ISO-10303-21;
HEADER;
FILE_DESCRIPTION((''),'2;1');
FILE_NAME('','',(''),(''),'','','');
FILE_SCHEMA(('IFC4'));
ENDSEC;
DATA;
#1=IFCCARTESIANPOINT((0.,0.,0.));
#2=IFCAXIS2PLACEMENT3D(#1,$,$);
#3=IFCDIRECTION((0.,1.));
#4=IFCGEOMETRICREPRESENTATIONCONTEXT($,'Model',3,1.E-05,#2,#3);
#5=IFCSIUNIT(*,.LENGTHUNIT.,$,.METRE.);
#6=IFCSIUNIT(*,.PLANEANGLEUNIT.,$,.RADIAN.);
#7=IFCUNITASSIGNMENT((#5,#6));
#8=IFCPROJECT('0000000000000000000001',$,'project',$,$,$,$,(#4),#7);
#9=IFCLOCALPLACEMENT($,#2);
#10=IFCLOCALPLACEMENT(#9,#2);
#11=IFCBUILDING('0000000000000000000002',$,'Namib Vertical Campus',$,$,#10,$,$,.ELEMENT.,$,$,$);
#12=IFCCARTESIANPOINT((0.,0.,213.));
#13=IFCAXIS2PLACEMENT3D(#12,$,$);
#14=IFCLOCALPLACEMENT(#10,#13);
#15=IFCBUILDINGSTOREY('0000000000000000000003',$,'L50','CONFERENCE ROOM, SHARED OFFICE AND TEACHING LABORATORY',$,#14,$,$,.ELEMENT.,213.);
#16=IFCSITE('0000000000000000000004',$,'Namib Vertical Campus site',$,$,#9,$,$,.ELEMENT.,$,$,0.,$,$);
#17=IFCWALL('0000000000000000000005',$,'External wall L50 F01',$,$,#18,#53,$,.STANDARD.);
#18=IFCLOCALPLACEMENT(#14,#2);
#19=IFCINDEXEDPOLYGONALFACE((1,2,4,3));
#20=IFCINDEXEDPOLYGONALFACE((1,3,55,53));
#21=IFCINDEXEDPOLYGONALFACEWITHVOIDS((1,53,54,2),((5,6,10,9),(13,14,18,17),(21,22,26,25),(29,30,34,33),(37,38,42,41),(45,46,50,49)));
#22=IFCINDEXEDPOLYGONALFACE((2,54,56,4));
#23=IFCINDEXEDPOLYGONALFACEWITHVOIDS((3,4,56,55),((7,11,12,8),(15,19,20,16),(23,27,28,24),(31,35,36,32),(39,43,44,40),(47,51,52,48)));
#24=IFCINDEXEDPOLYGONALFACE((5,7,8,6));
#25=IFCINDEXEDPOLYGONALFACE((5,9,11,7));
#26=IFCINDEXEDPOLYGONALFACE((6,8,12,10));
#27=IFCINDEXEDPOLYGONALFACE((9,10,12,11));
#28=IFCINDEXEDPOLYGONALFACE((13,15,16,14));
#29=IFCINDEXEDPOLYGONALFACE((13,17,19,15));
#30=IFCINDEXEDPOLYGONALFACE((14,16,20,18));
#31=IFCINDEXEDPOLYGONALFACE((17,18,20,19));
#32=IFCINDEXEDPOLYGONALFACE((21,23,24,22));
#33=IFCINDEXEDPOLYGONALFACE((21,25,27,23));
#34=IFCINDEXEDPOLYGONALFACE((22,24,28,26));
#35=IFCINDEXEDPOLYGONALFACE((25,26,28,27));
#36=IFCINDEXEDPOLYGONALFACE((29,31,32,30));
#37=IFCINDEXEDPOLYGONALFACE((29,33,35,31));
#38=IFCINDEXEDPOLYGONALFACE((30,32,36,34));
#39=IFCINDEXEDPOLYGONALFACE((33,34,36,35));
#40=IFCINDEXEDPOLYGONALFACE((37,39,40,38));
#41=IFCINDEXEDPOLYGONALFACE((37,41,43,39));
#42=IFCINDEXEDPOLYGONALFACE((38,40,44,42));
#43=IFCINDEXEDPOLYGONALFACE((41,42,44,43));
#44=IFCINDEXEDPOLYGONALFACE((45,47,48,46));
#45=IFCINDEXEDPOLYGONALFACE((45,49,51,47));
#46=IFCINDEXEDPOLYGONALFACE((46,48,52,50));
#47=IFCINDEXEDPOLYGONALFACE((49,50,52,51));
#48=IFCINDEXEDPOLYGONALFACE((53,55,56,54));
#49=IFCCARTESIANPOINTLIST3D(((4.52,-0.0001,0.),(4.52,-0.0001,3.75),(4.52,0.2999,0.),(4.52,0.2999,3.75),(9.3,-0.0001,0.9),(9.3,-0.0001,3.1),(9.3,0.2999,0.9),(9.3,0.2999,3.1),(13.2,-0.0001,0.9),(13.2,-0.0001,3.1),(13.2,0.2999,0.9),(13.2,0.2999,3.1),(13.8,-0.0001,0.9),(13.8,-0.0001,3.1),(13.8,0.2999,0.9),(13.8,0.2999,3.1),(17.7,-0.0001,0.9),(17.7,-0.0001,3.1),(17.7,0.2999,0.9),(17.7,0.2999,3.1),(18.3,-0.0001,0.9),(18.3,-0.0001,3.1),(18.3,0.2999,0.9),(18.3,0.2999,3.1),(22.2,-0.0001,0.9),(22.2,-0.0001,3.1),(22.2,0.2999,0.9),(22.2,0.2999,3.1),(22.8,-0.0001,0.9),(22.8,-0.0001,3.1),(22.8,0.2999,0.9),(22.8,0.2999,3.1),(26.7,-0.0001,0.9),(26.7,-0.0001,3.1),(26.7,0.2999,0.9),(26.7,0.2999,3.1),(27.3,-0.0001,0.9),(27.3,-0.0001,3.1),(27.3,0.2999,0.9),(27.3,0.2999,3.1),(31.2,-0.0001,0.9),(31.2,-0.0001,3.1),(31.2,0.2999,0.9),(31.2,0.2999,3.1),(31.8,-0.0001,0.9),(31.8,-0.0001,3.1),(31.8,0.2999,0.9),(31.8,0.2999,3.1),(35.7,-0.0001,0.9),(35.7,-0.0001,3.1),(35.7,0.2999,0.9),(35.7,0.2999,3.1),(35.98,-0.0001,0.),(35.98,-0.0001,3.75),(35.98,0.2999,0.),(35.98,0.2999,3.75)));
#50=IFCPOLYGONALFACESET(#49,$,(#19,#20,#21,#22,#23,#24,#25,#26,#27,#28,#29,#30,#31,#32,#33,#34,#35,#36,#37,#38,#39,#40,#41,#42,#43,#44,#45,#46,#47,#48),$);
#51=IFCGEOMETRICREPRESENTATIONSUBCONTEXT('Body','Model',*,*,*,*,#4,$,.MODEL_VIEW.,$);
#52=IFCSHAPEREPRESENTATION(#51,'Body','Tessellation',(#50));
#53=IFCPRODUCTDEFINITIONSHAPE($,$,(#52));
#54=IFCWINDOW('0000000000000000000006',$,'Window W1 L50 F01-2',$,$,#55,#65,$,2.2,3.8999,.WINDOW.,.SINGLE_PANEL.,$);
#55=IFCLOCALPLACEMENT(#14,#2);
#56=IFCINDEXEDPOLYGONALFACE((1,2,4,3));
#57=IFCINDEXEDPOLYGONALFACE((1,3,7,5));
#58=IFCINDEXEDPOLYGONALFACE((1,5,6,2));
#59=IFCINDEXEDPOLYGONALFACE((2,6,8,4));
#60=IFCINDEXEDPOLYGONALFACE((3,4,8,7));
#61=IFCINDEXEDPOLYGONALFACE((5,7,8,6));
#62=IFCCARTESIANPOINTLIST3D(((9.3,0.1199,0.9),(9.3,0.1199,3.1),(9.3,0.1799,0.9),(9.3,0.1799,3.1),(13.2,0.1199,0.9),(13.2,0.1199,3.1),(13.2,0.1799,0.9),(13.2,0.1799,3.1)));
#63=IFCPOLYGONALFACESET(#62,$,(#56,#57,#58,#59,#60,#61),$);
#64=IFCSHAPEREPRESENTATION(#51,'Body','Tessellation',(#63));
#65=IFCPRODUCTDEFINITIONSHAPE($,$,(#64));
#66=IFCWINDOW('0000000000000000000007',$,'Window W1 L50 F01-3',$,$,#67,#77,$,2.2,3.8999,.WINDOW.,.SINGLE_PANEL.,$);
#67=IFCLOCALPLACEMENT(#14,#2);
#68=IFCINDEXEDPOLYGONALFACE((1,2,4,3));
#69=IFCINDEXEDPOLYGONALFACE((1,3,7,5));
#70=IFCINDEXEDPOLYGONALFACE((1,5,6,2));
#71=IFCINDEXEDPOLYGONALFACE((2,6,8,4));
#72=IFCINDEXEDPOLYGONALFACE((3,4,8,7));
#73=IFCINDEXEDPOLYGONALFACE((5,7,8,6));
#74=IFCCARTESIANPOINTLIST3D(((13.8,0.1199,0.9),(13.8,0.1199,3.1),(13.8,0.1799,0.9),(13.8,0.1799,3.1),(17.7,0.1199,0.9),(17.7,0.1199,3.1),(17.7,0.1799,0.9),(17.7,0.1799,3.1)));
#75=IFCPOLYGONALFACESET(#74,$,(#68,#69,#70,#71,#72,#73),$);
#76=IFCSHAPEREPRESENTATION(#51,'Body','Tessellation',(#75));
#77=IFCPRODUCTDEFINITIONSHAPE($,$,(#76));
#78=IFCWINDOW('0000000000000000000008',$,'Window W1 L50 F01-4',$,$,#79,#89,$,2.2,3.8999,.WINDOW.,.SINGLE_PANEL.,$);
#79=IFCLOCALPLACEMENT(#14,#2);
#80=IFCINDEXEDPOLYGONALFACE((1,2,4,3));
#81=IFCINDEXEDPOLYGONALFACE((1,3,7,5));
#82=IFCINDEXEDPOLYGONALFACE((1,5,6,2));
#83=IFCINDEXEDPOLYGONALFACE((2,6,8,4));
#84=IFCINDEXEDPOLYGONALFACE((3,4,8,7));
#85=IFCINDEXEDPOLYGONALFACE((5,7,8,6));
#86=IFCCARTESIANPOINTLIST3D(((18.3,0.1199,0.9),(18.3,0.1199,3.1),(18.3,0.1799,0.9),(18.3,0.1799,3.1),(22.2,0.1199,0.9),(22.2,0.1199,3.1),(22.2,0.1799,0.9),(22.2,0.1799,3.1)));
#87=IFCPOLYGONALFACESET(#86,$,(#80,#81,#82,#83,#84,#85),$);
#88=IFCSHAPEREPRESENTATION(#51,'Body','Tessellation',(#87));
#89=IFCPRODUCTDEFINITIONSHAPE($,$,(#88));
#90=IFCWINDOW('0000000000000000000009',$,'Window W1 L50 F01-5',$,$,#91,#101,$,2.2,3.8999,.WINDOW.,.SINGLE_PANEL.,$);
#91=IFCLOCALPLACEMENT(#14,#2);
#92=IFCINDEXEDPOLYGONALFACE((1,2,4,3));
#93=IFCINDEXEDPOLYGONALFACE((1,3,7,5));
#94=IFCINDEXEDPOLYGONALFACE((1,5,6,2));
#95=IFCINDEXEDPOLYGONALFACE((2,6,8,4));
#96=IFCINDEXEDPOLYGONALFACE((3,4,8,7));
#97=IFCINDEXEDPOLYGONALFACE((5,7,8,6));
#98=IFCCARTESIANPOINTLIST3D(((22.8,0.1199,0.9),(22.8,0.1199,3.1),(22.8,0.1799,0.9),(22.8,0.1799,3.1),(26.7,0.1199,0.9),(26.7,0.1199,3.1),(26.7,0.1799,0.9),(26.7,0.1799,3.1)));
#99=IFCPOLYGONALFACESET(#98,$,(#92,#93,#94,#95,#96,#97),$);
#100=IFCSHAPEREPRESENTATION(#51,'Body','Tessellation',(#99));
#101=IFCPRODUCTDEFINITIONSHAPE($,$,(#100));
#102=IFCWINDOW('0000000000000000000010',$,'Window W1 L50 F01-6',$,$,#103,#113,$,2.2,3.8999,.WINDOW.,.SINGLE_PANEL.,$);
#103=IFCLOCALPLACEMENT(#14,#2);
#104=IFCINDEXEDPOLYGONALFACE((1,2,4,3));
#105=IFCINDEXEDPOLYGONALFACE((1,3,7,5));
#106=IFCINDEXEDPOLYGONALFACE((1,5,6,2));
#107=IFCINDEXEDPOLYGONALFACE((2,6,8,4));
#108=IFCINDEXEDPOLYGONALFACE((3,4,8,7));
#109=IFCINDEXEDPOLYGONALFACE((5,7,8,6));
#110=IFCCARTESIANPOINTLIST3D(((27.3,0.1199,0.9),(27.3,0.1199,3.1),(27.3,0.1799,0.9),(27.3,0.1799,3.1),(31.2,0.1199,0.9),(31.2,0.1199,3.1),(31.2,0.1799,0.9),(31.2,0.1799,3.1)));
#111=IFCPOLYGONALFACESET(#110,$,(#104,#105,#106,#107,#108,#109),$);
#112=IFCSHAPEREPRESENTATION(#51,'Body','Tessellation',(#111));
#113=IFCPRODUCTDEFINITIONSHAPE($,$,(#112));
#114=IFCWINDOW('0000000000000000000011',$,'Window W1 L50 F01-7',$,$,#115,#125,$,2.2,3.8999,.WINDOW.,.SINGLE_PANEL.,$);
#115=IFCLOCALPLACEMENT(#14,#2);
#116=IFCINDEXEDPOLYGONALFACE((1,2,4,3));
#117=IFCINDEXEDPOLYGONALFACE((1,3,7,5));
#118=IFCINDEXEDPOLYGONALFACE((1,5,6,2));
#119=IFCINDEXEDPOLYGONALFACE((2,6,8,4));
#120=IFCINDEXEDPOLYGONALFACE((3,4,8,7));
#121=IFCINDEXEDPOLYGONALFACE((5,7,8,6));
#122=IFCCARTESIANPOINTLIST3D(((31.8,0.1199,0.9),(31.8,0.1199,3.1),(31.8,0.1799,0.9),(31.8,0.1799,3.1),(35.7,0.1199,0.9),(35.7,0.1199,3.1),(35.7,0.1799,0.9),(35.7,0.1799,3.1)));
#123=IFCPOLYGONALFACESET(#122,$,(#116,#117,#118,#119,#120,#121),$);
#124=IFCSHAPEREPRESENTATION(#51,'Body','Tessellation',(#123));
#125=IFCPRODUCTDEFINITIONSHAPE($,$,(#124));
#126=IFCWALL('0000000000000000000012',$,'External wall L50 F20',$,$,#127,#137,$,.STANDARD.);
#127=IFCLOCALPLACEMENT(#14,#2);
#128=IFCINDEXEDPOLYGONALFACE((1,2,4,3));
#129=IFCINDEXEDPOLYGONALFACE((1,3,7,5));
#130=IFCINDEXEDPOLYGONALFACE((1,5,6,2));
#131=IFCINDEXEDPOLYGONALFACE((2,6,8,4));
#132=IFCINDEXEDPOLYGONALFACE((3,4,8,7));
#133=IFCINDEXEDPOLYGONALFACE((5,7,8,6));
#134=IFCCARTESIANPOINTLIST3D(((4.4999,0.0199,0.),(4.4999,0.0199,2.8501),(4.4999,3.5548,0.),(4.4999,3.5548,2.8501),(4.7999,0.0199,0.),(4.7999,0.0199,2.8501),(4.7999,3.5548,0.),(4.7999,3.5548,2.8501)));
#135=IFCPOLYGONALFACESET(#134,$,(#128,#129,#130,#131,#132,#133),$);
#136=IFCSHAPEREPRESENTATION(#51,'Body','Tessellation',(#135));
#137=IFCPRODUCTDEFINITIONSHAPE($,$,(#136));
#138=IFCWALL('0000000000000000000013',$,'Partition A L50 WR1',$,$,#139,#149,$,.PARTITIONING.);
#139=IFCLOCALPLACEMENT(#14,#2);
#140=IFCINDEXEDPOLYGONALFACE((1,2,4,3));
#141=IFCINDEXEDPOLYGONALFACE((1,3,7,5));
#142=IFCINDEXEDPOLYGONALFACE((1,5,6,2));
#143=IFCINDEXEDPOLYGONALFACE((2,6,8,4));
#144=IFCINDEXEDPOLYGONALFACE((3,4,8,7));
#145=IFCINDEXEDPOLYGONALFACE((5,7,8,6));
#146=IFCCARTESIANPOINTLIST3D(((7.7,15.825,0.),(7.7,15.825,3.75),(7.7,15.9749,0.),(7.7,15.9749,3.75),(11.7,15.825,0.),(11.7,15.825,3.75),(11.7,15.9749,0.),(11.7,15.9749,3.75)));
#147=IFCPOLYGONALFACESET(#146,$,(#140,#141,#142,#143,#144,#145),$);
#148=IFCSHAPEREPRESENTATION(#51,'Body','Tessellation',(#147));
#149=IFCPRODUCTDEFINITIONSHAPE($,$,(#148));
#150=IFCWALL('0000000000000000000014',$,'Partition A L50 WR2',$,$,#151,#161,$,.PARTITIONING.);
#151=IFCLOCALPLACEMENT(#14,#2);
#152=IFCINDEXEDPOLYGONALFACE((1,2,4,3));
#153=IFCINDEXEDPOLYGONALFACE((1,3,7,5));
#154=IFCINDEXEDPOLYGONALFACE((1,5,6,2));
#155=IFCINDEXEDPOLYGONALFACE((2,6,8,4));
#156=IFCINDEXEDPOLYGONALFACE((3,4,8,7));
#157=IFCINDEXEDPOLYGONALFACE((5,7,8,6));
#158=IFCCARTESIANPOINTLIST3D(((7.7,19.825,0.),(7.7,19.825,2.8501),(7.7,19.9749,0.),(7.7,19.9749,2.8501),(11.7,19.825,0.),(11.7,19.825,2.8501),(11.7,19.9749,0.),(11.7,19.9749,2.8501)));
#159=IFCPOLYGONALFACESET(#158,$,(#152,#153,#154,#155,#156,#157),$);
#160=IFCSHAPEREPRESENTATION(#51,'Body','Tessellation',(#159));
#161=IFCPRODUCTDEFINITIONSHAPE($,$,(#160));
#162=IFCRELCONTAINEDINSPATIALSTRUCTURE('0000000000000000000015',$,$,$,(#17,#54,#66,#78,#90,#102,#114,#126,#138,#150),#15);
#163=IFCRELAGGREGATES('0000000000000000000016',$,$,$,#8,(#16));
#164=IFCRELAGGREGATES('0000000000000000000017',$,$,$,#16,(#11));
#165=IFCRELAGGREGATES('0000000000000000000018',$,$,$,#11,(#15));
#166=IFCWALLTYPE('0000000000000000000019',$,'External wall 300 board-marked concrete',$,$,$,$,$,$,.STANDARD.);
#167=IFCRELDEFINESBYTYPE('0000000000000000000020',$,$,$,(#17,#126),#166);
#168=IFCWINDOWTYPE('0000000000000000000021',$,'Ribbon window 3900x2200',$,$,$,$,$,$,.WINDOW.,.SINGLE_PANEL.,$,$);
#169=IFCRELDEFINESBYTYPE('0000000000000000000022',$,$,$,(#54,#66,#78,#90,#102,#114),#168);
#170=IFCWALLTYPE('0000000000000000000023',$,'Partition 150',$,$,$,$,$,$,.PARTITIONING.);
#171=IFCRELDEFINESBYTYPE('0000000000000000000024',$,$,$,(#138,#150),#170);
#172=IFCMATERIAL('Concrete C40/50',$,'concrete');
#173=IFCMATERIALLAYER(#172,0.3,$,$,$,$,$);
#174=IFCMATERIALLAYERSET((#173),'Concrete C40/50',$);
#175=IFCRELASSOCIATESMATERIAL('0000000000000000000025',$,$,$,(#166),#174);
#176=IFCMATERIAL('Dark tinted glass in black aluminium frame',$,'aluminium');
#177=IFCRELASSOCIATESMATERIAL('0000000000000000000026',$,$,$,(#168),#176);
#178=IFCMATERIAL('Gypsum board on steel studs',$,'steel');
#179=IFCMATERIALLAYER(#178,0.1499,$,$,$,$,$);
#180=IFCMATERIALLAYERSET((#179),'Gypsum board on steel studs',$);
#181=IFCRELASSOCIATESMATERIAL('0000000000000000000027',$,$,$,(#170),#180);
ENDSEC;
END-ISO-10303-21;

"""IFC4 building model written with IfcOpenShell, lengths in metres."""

from ifc_helpers import new_model, si_unit, direction, frame, frame_2d, origin, place, context, subcontext, project, spatial, rectangle, extrude, material, layer, layer_set, type_object, element, fill, save


model = new_model("IFC4")

# Units and contexts
model_context = context("Model", 3, precision=1e-05, world=origin(), true_north=direction((0.0, 1.0)))
body_context = subcontext(model_context, "Body", "Model", "MODEL_VIEW")
ifc_project = project(units=[si_unit("LENGTHUNIT", "METRE"), si_unit("PLANEANGLEUNIT", "RADIAN")], contexts=[model_context])

# Site, building, storey
site_placement = place(None, origin())
site = spatial("IfcSite", under=ifc_project, at=site_placement, Name="Namib Vertical Campus site", CompositionType="ELEMENT", RefElevation=0.0)
building_placement = place(site_placement, origin())
building = spatial("IfcBuilding", under=site, at=building_placement, Name="Namib Vertical Campus", CompositionType="ELEMENT")
storey_placement = place(building_placement, frame((0.0, 0.0, 213.0)))
storey = spatial("IfcBuildingStorey", under=building, at=storey_placement, Name="L50", Description="CONFERENCE ROOM, SHARED OFFICE AND TEACHING LABORATORY", CompositionType="ELEMENT", Elevation=213.0)

# Wall, openings, windows
ifc_material_1 = material(Name="Concrete C40/50", Category="concrete")
ifc_layer_1 = layer(ifc_material_1, 0.3)
ifc_layer_set_1 = layer_set([ifc_layer_1], Name="Concrete C40/50")
wall_type_1 = type_object("IfcWallType", Name="External wall 300 board-marked concrete", PredefinedType="STANDARD", material=ifc_layer_set_1)
wall_1_placement = place(storey_placement, frame((4.52, 0.1499, 0.0), z_axis=(0.0, 0.0, 1.0), x_axis=(1.0, 0.0, 0.0)))
wall_1 = element("IfcWall", 1, at=wall_1_placement, inside=storey, type_object=wall_type_1, Name="External wall L50 F01", PredefinedType="STANDARD", context=body_context, shape_type="SweptSolid", body=[
    extrude(rectangle(XDim=31.46, YDim=0.3, at=frame_2d((15.73, 0.0))), origin(), (0.0, 0.0, 1.0), 3.75),
])
opening_1_placement = place(wall_1_placement, frame((4.78, 0.0, 0.8999)))
opening_1 = element("IfcOpeningElement", 2, at=opening_1_placement, cuts=wall_1, PredefinedType="OPENING", context=body_context, shape_type="SweptSolid", body=[
    extrude(rectangle(XDim=3.8999, YDim=2.2, at=frame_2d((1.95, 1.1001))), frame((0.0, 0.1599, 0.0), z_axis=(0.0, -1.0, 0.0), x_axis=(1.0, 0.0, 0.0)), (0.0, 0.0, 1.0), 0.3201),
])
opening_2_placement = place(wall_1_placement, frame((9.28, 0.0, 0.8999)))
opening_2 = element("IfcOpeningElement", 3, at=opening_2_placement, cuts=wall_1, PredefinedType="OPENING", context=body_context, shape_type="SweptSolid", body=[
    extrude(rectangle(XDim=3.8999, YDim=2.2, at=frame_2d((1.95, 1.1001))), frame((0.0, 0.1599, 0.0), z_axis=(0.0, -1.0, 0.0), x_axis=(1.0, 0.0, 0.0)), (0.0, 0.0, 1.0), 0.3201),
])
opening_3_placement = place(wall_1_placement, frame((13.78, 0.0, 0.8999)))
opening_3 = element("IfcOpeningElement", 4, at=opening_3_placement, cuts=wall_1, PredefinedType="OPENING", context=body_context, shape_type="SweptSolid", body=[
    extrude(rectangle(XDim=3.8999, YDim=2.2, at=frame_2d((1.95, 1.1001))), frame((0.0, 0.1599, 0.0), z_axis=(0.0, -1.0, 0.0), x_axis=(1.0, 0.0, 0.0)), (0.0, 0.0, 1.0), 0.3201),
])
opening_4_placement = place(wall_1_placement, frame((18.28, 0.0, 0.8999)))
opening_4 = element("IfcOpeningElement", 5, at=opening_4_placement, cuts=wall_1, PredefinedType="OPENING", context=body_context, shape_type="SweptSolid", body=[
    extrude(rectangle(XDim=3.8999, YDim=2.2, at=frame_2d((1.95, 1.1001))), frame((0.0, 0.1599, 0.0), z_axis=(0.0, -1.0, 0.0), x_axis=(1.0, 0.0, 0.0)), (0.0, 0.0, 1.0), 0.3201),
])
opening_5_placement = place(wall_1_placement, frame((22.78, 0.0, 0.8999)))
opening_5 = element("IfcOpeningElement", 6, at=opening_5_placement, cuts=wall_1, PredefinedType="OPENING", context=body_context, shape_type="SweptSolid", body=[
    extrude(rectangle(XDim=3.8999, YDim=2.2, at=frame_2d((1.95, 1.1001))), frame((0.0, 0.1599, 0.0), z_axis=(0.0, -1.0, 0.0), x_axis=(1.0, 0.0, 0.0)), (0.0, 0.0, 1.0), 0.3201),
])
opening_6_placement = place(wall_1_placement, frame((27.28, 0.0, 0.8999)))
opening_6 = element("IfcOpeningElement", 7, at=opening_6_placement, cuts=wall_1, PredefinedType="OPENING", context=body_context, shape_type="SweptSolid", body=[
    extrude(rectangle(XDim=3.8999, YDim=2.2, at=frame_2d((1.95, 1.1001))), frame((0.0, 0.1599, 0.0), z_axis=(0.0, -1.0, 0.0), x_axis=(1.0, 0.0, 0.0)), (0.0, 0.0, 1.0), 0.3201),
])
ifc_material_2 = material(Name="Dark tinted glass in black aluminium frame", Category="aluminium")
window_type = type_object("IfcWindowType", Name="Ribbon window 3900x2200", PartitioningType="SINGLE_PANEL", PredefinedType="WINDOW", material=ifc_material_2)
window_1_placement = place(opening_1_placement, origin())
window_1 = element("IfcWindow", 8, at=window_1_placement, inside=storey, type_object=window_type, Name="Window W1 L50 F01-2", OverallHeight=2.2, OverallWidth=3.8999, PartitioningType="SINGLE_PANEL", PredefinedType="WINDOW", context=body_context, shape_type="SweptSolid", body=[
    extrude(rectangle(XDim=3.8999, YDim=2.2, at=frame_2d((1.95, 1.1001))), frame((0.0, 0.03, 0.0), z_axis=(0.0, -1.0, 0.0), x_axis=(1.0, 0.0, 0.0)), (0.0, 0.0, 1.0), 0.0601),
])
fill(opening_1, window_1)
window_2_placement = place(opening_2_placement, origin())
window_2 = element("IfcWindow", 9, at=window_2_placement, inside=storey, type_object=window_type, Name="Window W1 L50 F01-3", OverallHeight=2.2, OverallWidth=3.8999, PartitioningType="SINGLE_PANEL", PredefinedType="WINDOW", context=body_context, shape_type="SweptSolid", body=[
    extrude(rectangle(XDim=3.8999, YDim=2.2, at=frame_2d((1.95, 1.1001))), frame((0.0, 0.03, 0.0), z_axis=(0.0, -1.0, 0.0), x_axis=(1.0, 0.0, 0.0)), (0.0, 0.0, 1.0), 0.0601),
])
fill(opening_2, window_2)
window_3_placement = place(opening_3_placement, origin())
window_3 = element("IfcWindow", 10, at=window_3_placement, inside=storey, type_object=window_type, Name="Window W1 L50 F01-4", OverallHeight=2.2, OverallWidth=3.8999, PartitioningType="SINGLE_PANEL", PredefinedType="WINDOW", context=body_context, shape_type="SweptSolid", body=[
    extrude(rectangle(XDim=3.8999, YDim=2.2, at=frame_2d((1.95, 1.1001))), frame((0.0, 0.03, 0.0), z_axis=(0.0, -1.0, 0.0), x_axis=(1.0, 0.0, 0.0)), (0.0, 0.0, 1.0), 0.0601),
])
fill(opening_3, window_3)
window_4_placement = place(opening_4_placement, origin())
window_4 = element("IfcWindow", 11, at=window_4_placement, inside=storey, type_object=window_type, Name="Window W1 L50 F01-5", OverallHeight=2.2, OverallWidth=3.8999, PartitioningType="SINGLE_PANEL", PredefinedType="WINDOW", context=body_context, shape_type="SweptSolid", body=[
    extrude(rectangle(XDim=3.8999, YDim=2.2, at=frame_2d((1.95, 1.1001))), frame((0.0, 0.03, 0.0), z_axis=(0.0, -1.0, 0.0), x_axis=(1.0, 0.0, 0.0)), (0.0, 0.0, 1.0), 0.0601),
])
fill(opening_4, window_4)
window_5_placement = place(opening_5_placement, origin())
window_5 = element("IfcWindow", 12, at=window_5_placement, inside=storey, type_object=window_type, Name="Window W1 L50 F01-6", OverallHeight=2.2, OverallWidth=3.8999, PartitioningType="SINGLE_PANEL", PredefinedType="WINDOW", context=body_context, shape_type="SweptSolid", body=[
    extrude(rectangle(XDim=3.8999, YDim=2.2, at=frame_2d((1.95, 1.1001))), frame((0.0, 0.03, 0.0), z_axis=(0.0, -1.0, 0.0), x_axis=(1.0, 0.0, 0.0)), (0.0, 0.0, 1.0), 0.0601),
])
fill(opening_5, window_5)
window_6_placement = place(opening_6_placement, origin())
window_6 = element("IfcWindow", 13, at=window_6_placement, inside=storey, type_object=window_type, Name="Window W1 L50 F01-7", OverallHeight=2.2, OverallWidth=3.8999, PartitioningType="SINGLE_PANEL", PredefinedType="WINDOW", context=body_context, shape_type="SweptSolid", body=[
    extrude(rectangle(XDim=3.8999, YDim=2.2, at=frame_2d((1.95, 1.1001))), frame((0.0, 0.03, 0.0), z_axis=(0.0, -1.0, 0.0), x_axis=(1.0, 0.0, 0.0)), (0.0, 0.0, 1.0), 0.0601),
])
fill(opening_6, window_6)

# Walls
wall_2_placement = place(storey_placement, frame((4.6499, 3.5549, 0.0), z_axis=(0.0, 0.0, 1.0), x_axis=(0.0, -1.0, 0.0)))
element("IfcWall", 14, at=wall_2_placement, inside=storey, type_object=wall_type_1, Name="External wall L50 F20", PredefinedType="STANDARD", context=body_context, shape_type="SweptSolid", body=[
    extrude(rectangle(XDim=3.5349, YDim=0.3, at=frame_2d((1.7676, 0.0))), origin(), (0.0, 0.0, 1.0), 2.8501),
])
ifc_material_3 = material(Name="Gypsum board on steel studs", Category="steel")
ifc_layer_2 = layer(ifc_material_3, 0.1499)
ifc_layer_set_2 = layer_set([ifc_layer_2], Name="Gypsum board on steel studs")
wall_type_2 = type_object("IfcWallType", Name="Partition 150", PredefinedType="PARTITIONING", material=ifc_layer_set_2)
wall_3_placement = place(storey_placement, frame((11.7, 15.8999, 0.0), z_axis=(0.0, 0.0, 1.0), x_axis=(-1.0, 0.0, 0.0)))
element("IfcWall", 15, at=wall_3_placement, inside=storey, type_object=wall_type_2, Name="Partition A L50 WR1", PredefinedType="PARTITIONING", context=body_context, shape_type="SweptSolid", body=[
    extrude(rectangle(XDim=4.0, YDim=0.1499, at=frame_2d((2.0, 0.0))), origin(), (0.0, 0.0, 1.0), 3.75),
])
wall_4_placement = place(storey_placement, frame((11.7, 19.8999, 0.0), z_axis=(0.0, 0.0, 1.0), x_axis=(-1.0, 0.0, 0.0)))
element("IfcWall", 16, at=wall_4_placement, inside=storey, type_object=wall_type_2, Name="Partition A L50 WR2", PredefinedType="PARTITIONING", context=body_context, shape_type="SweptSolid", body=[
    extrude(rectangle(XDim=4.0, YDim=0.1499, at=frame_2d((2.0, 0.0))), origin(), (0.0, 0.0, 1.0), 2.8501),
])

save(model, "model.ifc")
